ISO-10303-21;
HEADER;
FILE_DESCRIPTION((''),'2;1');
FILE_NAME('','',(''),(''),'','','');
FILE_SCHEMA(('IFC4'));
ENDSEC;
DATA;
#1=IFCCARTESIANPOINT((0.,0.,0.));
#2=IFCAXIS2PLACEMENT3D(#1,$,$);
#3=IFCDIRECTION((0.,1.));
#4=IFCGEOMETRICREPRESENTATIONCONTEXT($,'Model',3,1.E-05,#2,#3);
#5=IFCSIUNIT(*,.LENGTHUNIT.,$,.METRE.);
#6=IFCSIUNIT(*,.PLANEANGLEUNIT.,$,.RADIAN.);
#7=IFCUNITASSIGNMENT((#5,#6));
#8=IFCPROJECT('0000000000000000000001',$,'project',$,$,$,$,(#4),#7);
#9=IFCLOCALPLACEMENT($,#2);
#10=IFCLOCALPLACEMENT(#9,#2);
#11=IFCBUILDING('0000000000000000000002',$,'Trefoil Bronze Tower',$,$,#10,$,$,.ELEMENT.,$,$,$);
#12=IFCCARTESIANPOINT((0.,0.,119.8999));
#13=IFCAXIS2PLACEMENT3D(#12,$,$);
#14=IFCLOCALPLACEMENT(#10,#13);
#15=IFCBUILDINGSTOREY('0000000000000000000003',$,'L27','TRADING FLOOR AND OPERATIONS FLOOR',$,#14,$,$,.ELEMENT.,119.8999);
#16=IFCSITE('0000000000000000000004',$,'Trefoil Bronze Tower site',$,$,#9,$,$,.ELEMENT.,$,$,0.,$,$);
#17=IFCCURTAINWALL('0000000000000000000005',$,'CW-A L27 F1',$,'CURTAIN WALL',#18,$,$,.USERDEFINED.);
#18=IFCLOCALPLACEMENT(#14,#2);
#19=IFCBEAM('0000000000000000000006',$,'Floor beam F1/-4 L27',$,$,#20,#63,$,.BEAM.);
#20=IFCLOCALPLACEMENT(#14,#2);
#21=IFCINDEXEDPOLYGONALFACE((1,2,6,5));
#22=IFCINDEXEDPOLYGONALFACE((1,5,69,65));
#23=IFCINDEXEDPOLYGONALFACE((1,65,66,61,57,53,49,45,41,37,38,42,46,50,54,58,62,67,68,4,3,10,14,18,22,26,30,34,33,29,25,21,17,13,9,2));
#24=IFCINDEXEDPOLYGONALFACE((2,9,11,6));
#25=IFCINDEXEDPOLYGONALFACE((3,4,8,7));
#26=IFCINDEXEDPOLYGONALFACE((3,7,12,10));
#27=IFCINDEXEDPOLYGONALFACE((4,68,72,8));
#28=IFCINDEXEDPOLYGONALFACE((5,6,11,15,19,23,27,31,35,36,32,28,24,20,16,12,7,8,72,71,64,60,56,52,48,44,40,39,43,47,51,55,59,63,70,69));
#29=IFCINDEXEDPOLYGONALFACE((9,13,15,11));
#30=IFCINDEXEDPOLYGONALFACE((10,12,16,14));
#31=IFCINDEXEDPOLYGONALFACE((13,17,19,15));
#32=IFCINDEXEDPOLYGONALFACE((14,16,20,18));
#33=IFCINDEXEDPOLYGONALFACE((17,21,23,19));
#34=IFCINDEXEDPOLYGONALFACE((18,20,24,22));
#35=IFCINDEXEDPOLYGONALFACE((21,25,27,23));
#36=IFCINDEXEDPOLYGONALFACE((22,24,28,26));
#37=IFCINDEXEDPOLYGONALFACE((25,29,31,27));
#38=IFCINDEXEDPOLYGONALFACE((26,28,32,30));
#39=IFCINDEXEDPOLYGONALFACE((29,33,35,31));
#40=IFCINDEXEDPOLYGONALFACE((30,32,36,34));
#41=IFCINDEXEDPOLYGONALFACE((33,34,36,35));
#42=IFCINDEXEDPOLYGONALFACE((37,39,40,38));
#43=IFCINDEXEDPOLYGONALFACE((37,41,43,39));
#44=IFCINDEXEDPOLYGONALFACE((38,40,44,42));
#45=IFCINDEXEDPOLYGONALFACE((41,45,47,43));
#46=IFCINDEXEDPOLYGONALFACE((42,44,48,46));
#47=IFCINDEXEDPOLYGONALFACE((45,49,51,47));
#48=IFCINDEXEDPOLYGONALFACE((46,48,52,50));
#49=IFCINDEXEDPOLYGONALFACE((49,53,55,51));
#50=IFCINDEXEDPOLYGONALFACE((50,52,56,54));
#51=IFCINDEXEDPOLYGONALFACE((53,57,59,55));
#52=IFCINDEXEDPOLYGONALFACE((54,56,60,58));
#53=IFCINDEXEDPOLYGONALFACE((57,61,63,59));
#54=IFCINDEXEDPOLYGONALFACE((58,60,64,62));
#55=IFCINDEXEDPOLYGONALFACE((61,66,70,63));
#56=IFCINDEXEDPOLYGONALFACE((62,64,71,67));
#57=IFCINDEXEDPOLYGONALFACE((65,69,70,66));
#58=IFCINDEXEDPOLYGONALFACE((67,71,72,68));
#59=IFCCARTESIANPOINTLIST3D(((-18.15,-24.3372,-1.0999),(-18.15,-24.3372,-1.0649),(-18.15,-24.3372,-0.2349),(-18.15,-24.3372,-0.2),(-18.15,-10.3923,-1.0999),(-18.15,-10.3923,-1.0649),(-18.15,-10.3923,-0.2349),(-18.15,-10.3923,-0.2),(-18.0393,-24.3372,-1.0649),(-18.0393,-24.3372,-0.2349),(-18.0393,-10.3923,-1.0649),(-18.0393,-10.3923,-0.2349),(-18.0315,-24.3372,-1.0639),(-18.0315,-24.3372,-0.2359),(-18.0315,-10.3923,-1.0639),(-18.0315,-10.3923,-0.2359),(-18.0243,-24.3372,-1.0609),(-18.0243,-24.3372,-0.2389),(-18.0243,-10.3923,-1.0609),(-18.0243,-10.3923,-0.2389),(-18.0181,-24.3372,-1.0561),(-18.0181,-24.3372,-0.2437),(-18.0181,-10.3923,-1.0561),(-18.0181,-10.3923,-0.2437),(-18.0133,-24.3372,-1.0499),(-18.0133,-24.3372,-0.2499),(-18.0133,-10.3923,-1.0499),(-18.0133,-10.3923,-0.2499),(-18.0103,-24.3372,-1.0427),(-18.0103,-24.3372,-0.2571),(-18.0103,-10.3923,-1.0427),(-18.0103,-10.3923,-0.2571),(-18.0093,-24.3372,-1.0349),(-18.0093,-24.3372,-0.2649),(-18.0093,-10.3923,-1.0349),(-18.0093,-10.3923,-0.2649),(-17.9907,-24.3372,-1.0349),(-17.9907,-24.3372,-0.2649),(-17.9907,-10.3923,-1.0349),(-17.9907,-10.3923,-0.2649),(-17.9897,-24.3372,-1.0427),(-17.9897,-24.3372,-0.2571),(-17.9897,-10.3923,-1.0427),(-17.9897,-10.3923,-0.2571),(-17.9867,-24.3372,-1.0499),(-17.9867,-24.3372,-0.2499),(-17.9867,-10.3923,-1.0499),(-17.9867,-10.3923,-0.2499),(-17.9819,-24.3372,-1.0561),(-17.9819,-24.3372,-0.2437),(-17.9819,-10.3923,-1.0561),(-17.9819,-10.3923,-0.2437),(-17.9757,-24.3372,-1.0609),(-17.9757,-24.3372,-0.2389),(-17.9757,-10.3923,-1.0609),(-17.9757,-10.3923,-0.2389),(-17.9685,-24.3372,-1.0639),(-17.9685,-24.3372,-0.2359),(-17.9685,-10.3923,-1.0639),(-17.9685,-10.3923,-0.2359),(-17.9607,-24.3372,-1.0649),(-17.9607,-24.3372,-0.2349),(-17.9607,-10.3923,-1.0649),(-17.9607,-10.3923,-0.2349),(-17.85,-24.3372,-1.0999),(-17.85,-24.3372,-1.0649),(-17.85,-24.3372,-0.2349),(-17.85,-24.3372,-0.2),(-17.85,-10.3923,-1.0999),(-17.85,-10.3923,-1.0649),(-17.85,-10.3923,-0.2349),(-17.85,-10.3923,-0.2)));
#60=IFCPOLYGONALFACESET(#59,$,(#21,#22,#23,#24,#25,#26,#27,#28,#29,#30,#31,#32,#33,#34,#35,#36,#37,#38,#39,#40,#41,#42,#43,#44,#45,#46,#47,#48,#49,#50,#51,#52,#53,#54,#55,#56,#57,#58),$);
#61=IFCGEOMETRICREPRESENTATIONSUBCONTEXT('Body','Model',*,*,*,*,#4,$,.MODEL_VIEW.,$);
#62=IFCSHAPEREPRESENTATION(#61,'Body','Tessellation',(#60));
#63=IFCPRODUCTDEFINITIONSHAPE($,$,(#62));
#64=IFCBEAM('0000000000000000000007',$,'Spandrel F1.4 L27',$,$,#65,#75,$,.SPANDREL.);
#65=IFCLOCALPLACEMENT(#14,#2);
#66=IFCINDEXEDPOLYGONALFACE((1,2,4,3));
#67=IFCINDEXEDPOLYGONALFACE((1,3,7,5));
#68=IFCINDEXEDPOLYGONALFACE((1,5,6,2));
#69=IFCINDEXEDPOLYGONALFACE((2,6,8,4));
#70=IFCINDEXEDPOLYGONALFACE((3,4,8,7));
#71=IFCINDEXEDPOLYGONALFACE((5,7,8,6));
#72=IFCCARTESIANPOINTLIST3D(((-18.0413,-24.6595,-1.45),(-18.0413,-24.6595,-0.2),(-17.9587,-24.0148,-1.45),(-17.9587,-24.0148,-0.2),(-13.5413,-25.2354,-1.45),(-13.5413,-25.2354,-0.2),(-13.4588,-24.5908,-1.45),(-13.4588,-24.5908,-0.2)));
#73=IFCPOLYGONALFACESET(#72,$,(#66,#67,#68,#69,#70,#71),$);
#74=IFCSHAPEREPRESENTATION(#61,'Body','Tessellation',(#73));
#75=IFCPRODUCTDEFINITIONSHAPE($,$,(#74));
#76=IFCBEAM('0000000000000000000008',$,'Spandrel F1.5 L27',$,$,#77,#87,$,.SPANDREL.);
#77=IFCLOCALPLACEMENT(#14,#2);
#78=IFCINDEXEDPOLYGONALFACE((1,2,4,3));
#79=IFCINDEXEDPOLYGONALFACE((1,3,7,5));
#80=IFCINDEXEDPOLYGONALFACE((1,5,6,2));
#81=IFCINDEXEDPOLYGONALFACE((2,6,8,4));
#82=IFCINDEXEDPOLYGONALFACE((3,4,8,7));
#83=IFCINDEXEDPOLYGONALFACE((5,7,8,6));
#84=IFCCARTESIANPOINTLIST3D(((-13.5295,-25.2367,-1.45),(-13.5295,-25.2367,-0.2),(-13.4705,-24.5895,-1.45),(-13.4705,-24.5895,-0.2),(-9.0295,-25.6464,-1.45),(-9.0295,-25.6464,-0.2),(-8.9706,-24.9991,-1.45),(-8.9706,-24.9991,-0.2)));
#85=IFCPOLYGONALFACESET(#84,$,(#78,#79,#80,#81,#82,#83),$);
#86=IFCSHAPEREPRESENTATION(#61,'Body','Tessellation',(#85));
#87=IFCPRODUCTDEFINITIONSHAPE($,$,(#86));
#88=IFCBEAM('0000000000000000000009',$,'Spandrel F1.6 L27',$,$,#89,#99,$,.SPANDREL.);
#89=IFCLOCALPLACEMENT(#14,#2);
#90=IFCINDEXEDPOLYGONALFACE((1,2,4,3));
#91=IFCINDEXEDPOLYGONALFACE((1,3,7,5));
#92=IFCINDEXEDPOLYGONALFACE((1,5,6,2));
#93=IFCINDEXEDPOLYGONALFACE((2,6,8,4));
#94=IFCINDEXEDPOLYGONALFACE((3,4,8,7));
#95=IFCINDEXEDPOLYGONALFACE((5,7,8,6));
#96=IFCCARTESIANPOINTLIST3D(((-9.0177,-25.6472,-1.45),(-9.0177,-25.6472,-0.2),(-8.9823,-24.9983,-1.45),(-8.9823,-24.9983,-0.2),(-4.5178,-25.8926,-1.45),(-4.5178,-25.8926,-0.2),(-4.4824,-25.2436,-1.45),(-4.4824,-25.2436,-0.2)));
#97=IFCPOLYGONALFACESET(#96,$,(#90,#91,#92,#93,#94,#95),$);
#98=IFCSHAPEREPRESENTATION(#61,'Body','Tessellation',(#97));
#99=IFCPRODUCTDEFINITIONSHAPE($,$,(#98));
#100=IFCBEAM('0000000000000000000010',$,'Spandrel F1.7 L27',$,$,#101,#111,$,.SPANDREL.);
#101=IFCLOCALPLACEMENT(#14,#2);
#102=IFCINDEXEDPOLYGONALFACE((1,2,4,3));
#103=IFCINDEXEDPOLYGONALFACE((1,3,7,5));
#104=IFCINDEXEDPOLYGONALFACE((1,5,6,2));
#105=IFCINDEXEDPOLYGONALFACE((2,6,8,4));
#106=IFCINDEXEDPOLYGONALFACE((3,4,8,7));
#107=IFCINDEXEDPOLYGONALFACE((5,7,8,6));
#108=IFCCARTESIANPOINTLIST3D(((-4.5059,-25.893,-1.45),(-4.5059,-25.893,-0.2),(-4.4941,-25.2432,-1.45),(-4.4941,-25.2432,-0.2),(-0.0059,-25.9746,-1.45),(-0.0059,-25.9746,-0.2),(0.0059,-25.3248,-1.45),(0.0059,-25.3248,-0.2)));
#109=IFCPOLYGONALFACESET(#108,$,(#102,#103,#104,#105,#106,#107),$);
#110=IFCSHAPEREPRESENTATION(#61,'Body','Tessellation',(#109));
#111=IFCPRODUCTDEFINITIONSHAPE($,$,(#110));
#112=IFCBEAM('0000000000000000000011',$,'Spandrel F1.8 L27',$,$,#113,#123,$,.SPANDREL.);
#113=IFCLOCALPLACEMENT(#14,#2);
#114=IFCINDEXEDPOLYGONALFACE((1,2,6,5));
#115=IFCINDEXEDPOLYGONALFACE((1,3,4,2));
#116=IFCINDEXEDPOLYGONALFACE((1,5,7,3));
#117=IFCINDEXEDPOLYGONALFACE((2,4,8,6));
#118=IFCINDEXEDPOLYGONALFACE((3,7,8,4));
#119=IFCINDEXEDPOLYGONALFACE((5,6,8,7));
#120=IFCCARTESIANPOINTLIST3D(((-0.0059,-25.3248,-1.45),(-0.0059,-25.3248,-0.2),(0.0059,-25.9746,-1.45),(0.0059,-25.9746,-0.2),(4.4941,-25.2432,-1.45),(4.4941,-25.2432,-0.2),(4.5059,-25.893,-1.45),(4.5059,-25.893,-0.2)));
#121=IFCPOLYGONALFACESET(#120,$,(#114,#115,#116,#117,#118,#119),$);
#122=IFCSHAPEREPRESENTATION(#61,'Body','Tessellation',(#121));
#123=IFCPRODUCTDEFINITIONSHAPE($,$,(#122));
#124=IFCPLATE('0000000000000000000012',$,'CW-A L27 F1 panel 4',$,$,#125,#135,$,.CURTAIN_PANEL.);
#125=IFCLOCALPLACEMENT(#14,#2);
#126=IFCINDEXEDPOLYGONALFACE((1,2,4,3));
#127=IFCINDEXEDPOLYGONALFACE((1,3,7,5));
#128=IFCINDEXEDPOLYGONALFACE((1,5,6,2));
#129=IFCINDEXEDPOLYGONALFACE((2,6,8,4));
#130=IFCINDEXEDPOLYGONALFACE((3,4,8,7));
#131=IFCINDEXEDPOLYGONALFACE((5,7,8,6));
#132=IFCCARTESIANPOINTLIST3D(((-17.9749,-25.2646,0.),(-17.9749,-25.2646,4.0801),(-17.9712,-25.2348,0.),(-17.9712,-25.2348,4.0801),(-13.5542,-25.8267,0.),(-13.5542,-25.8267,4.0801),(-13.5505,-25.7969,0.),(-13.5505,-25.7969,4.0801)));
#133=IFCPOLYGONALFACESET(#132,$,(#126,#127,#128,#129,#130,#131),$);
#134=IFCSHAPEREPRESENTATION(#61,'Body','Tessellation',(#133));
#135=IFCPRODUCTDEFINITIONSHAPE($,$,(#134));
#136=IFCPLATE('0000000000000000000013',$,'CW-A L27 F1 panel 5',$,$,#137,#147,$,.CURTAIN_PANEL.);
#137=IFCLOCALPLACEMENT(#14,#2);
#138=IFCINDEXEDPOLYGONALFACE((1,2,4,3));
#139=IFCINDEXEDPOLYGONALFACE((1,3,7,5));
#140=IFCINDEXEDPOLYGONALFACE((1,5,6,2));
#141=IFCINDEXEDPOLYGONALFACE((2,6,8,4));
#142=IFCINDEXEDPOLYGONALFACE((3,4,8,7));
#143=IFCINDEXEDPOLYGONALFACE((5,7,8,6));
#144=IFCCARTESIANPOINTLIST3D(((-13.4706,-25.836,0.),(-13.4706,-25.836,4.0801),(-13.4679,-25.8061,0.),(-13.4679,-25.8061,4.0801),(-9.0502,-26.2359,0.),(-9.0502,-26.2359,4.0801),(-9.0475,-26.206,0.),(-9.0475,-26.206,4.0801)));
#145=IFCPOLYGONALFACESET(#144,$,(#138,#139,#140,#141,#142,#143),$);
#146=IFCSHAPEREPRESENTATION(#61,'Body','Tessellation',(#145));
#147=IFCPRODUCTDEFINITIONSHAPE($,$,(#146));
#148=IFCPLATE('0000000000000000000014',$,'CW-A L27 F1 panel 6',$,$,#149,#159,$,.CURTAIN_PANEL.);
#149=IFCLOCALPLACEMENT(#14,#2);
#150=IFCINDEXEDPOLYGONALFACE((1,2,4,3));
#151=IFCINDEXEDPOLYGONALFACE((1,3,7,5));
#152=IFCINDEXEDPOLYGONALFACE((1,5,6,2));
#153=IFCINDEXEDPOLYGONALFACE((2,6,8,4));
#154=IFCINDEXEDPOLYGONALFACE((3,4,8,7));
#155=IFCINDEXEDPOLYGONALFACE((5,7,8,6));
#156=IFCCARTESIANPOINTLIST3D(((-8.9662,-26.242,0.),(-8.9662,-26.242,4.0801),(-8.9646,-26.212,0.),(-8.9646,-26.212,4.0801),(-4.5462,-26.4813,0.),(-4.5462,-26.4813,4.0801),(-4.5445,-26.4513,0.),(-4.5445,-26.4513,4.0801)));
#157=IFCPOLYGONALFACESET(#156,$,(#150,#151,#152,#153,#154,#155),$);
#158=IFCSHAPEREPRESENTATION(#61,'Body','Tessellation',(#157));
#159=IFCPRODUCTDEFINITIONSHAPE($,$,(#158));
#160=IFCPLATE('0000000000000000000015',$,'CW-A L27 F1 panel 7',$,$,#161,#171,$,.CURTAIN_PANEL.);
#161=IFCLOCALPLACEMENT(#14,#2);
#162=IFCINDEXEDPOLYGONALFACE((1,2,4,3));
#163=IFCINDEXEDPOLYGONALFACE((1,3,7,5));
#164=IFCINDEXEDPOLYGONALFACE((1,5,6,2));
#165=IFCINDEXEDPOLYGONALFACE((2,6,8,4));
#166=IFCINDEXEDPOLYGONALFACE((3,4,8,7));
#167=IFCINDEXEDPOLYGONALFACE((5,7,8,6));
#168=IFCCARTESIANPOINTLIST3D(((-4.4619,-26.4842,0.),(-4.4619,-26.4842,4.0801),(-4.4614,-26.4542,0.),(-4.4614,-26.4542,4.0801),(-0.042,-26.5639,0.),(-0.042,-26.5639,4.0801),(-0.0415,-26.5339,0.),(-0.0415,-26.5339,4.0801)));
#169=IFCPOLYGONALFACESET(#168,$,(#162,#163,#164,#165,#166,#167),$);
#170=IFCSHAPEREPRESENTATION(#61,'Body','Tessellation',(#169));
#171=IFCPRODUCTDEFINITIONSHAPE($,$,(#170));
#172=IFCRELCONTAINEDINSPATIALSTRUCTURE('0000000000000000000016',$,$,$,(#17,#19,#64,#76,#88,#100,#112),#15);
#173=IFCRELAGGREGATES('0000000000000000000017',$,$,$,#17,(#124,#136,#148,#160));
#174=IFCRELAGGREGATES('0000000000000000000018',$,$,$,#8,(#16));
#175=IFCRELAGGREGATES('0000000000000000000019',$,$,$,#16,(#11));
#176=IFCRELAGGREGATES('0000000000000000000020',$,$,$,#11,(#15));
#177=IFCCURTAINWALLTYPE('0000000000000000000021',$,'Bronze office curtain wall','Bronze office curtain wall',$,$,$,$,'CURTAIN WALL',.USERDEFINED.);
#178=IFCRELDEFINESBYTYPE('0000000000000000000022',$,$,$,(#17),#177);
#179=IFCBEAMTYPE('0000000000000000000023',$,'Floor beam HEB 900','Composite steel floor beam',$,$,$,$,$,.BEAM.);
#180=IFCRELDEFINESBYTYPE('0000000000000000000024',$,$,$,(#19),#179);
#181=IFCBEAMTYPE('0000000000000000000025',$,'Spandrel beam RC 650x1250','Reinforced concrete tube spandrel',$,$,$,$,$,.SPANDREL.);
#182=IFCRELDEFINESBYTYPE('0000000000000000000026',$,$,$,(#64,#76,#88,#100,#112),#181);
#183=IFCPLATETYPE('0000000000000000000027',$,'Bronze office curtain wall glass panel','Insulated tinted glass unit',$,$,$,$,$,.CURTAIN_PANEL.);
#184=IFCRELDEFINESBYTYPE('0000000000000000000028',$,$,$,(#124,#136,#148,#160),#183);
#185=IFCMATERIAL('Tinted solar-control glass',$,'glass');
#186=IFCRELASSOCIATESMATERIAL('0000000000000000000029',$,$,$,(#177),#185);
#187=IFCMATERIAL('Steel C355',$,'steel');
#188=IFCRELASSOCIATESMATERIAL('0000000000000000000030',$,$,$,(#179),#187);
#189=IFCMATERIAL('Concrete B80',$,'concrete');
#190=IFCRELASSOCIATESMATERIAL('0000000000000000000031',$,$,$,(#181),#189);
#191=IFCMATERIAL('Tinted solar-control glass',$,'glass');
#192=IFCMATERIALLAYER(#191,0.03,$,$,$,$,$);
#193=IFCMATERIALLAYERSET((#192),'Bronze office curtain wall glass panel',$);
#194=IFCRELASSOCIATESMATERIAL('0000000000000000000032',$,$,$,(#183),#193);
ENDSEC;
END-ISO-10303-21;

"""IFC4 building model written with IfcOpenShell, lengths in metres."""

from ifc_helpers import new_model, si_unit, direction, frame, origin, origin_2d, place, context, subcontext, project, spatial, rectangle, i_section, extrude, material, layer, layer_set, material_profile, profile_set, type_object, element, aggregate, save


model = new_model("IFC4")

# Units and contexts
model_context = context("Model", 3, precision=1e-05, world=origin(), true_north=direction((0.0, 1.0)))
body_context = subcontext(model_context, "Body", "Model", "MODEL_VIEW")
ifc_project = project(units=[si_unit("LENGTHUNIT", "METRE"), si_unit("PLANEANGLEUNIT", "RADIAN")], contexts=[model_context])

# Site, building, storey
site_placement = place(None, origin())
site = spatial("IfcSite", under=ifc_project, at=site_placement, Name="Trefoil Bronze Tower site", CompositionType="ELEMENT", RefElevation=0.0)
building_placement = place(site_placement, origin())
building = spatial("IfcBuilding", under=site, at=building_placement, Name="Trefoil Bronze Tower", CompositionType="ELEMENT")
storey_placement = place(building_placement, frame((0.0, 0.0, 119.8999)))
storey = spatial("IfcBuildingStorey", under=building, at=storey_placement, Name="L27", Description="TRADING FLOOR AND OPERATIONS FLOOR", CompositionType="ELEMENT", Elevation=119.8999)

# Curtain wall
ifc_material_1 = material(Name="Tinted solar-control glass", Category="glass")
curtain_wall_type = type_object("IfcCurtainWallType", Name="Bronze office curtain wall", Description="Bronze office curtain wall", ElementType="CURTAIN WALL", PredefinedType="USERDEFINED", material=ifc_material_1)
curtain_wall_placement = place(storey_placement, origin())
curtain_wall = element("IfcCurtainWall", 1, at=curtain_wall_placement, inside=storey, type_object=curtain_wall_type, Name="CW-A L27 F1", ObjectType="CURTAIN WALL", PredefinedType="USERDEFINED")

# Beams
ifc_material_2 = material(Name="Steel C355", Category="steel")
ifc_material_profile_1 = material_profile(ifc_material_2, i_section(OverallWidth=0.3, OverallDepth=0.8999, WebThickness=0.0186, FlangeThickness=0.0349, FilletRadius=0.03, at=origin_2d()), Name="HEB 900")
ifc_profile_set_1 = profile_set([ifc_material_profile_1], Name="Steel C355")
beam_type_1 = type_object("IfcBeamType", Name="Floor beam HEB 900", Description="Composite steel floor beam", PredefinedType="BEAM", material=ifc_profile_set_1)
beam_1_placement = place(storey_placement, frame((-18.0, -24.3372, -0.6499), z_axis=(0.0, 1.0, 0.0), x_axis=(-1.0, 0.0, 0.0)))
element("IfcBeam", 2, at=beam_1_placement, inside=storey, type_object=beam_type_1, Name="Floor beam F1/-4 L27", PredefinedType="BEAM", context=body_context, shape_type="SweptSolid", body=[
    extrude(i_section(OverallWidth=0.3, OverallDepth=0.8999, WebThickness=0.0186, FlangeThickness=0.0349, FilletRadius=0.03, at=origin_2d()), origin(), (0.0, 0.0, 1.0), 13.9448),
])
ifc_material_3 = material(Name="Concrete B80", Category="concrete")
ifc_material_profile_2 = material_profile(ifc_material_3, rectangle(XDim=0.6499, YDim=1.25, at=origin_2d()), Name="RC 650x1250")
ifc_profile_set_2 = profile_set([ifc_material_profile_2], Name="Concrete B80")
beam_type_2 = type_object("IfcBeamType", Name="Spandrel beam RC 650x1250", Description="Reinforced concrete tube spandrel", PredefinedType="SPANDREL", material=ifc_profile_set_2)
beam_2_placement = place(storey_placement, frame((-18.0, -24.3372, -0.825), z_axis=(0.991909, -0.126948, 0.0), x_axis=(0.126948, 0.991909, 0.0)))
element("IfcBeam", 3, at=beam_2_placement, inside=storey, type_object=beam_type_2, Name="Spandrel F1.4 L27", PredefinedType="SPANDREL", context=body_context, shape_type="SweptSolid", body=[
    extrude(rectangle(XDim=0.6499, YDim=1.25, at=origin_2d()), origin(), (0.0, 0.0, 1.0), 4.5366),
])
beam_3_placement = place(storey_placement, frame((-13.5, -24.9131, -0.825), z_axis=(0.995882, -0.090662, 0.0), x_axis=(0.090662, 0.995882, 0.0)))
element("IfcBeam", 4, at=beam_3_placement, inside=storey, type_object=beam_type_2, Name="Spandrel F1.5 L27", PredefinedType="SPANDREL", context=body_context, shape_type="SweptSolid", body=[
    extrude(rectangle(XDim=0.6499, YDim=1.25, at=origin_2d()), origin(), (0.0, 0.0, 1.0), 4.5186),
])
beam_4_placement = place(storey_placement, frame((-9.0, -25.3228, -0.825), z_axis=(0.998517, -0.054444, 0.0), x_axis=(0.054444, 0.998517, 0.0)))
element("IfcBeam", 5, at=beam_4_placement, inside=storey, type_object=beam_type_2, Name="Spandrel F1.6 L27", PredefinedType="SPANDREL", context=body_context, shape_type="SweptSolid", body=[
    extrude(rectangle(XDim=0.6499, YDim=1.25, at=origin_2d()), origin(), (0.0, 0.0, 1.0), 4.5066),
])
for number, where, z_axis, x_axis, name in (
    (6, (-4.5, -25.5681, -0.825), (0.999836, -0.018118, 0.0), (0.018118, 0.999836, 0.0), "Spandrel F1.7 L27"),
    (7, (0.0, -25.6497, -0.825), (0.999836, 0.018118, 0.0), (-0.018118, 0.999836, 0.0), "Spandrel F1.8 L27"),
):
    element("IfcBeam", number, at=place(storey_placement, frame(where, z_axis=z_axis, x_axis=x_axis)), inside=storey, type_object=beam_type_2, Name=name, PredefinedType="SPANDREL", context=body_context, shape_type="SweptSolid", body=[
        extrude(rectangle(XDim=0.6499, YDim=1.25, at=origin_2d()), origin(), (0.0, 0.0, 1.0), 4.5007),
    ])

# Plates
ifc_material_4 = material(Name="Tinted solar-control glass", Category="glass")
ifc_layer_1 = layer(ifc_material_4, 0.03)
ifc_layer_set_1 = layer_set([ifc_layer_1], Name="Bronze office curtain wall glass panel")
plate_type = type_object("IfcPlateType", Name="Bronze office curtain wall glass panel", Description="Insulated tinted glass unit", PredefinedType="CURTAIN_PANEL", material=ifc_layer_set_1)
plate_1_placement = place(storey_placement, frame((-15.7627, -25.5308, 0.0), z_axis=(0.0, 0.0, 1.0), x_axis=(0.992012, -0.126147, 0.0)))
plate_1 = element("IfcPlate", 8, at=plate_1_placement, type_object=plate_type, Name="CW-A L27 F1 panel 4", PredefinedType="CURTAIN_PANEL", context=body_context, shape_type="SweptSolid", body=[
    extrude(rectangle(XDim=4.4563, YDim=0.03, at=origin_2d()), origin(), (0.0, 0.0, 1.0), 4.0801),
])
plate_2_placement = place(storey_placement, frame((-11.259, -26.021, 0.0), z_axis=(0.0, 0.0, 1.0), x_axis=(0.995932, -0.090105, 0.0)))
plate_2 = element("IfcPlate", 9, at=plate_2_placement, type_object=plate_type, Name="CW-A L27 F1 panel 5", PredefinedType="CURTAIN_PANEL", context=body_context, shape_type="SweptSolid", body=[
    extrude(rectangle(XDim=4.4385, YDim=0.03, at=origin_2d()), origin(), (0.0, 0.0, 1.0), 4.0801),
])
plate_3_placement = place(storey_placement, frame((-6.7554, -26.3467, 0.0), z_axis=(0.0, 0.0, 1.0), x_axis=(0.998538, -0.054063, 0.0)))
plate_3 = element("IfcPlate", 10, at=plate_3_placement, type_object=plate_type, Name="CW-A L27 F1 panel 6", PredefinedType="CURTAIN_PANEL", context=body_context, shape_type="SweptSolid", body=[
    extrude(rectangle(XDim=4.4265, YDim=0.03, at=origin_2d()), origin(), (0.0, 0.0, 1.0), 4.0801),
])
plate_4_placement = place(storey_placement, frame((-2.2517, -26.509, 0.0), z_axis=(0.0, 0.0, 1.0), x_axis=(0.999838, -0.018021, 0.0)))
plate_4 = element("IfcPlate", 11, at=plate_4_placement, type_object=plate_type, Name="CW-A L27 F1 panel 7", PredefinedType="CURTAIN_PANEL", context=body_context, shape_type="SweptSolid", body=[
    extrude(rectangle(XDim=4.4207, YDim=0.03, at=origin_2d()), origin(), (0.0, 0.0, 1.0), 4.0801),
])
aggregate(curtain_wall, [plate_1, plate_2, plate_3, plate_4])

save(model, "model.ifc")
